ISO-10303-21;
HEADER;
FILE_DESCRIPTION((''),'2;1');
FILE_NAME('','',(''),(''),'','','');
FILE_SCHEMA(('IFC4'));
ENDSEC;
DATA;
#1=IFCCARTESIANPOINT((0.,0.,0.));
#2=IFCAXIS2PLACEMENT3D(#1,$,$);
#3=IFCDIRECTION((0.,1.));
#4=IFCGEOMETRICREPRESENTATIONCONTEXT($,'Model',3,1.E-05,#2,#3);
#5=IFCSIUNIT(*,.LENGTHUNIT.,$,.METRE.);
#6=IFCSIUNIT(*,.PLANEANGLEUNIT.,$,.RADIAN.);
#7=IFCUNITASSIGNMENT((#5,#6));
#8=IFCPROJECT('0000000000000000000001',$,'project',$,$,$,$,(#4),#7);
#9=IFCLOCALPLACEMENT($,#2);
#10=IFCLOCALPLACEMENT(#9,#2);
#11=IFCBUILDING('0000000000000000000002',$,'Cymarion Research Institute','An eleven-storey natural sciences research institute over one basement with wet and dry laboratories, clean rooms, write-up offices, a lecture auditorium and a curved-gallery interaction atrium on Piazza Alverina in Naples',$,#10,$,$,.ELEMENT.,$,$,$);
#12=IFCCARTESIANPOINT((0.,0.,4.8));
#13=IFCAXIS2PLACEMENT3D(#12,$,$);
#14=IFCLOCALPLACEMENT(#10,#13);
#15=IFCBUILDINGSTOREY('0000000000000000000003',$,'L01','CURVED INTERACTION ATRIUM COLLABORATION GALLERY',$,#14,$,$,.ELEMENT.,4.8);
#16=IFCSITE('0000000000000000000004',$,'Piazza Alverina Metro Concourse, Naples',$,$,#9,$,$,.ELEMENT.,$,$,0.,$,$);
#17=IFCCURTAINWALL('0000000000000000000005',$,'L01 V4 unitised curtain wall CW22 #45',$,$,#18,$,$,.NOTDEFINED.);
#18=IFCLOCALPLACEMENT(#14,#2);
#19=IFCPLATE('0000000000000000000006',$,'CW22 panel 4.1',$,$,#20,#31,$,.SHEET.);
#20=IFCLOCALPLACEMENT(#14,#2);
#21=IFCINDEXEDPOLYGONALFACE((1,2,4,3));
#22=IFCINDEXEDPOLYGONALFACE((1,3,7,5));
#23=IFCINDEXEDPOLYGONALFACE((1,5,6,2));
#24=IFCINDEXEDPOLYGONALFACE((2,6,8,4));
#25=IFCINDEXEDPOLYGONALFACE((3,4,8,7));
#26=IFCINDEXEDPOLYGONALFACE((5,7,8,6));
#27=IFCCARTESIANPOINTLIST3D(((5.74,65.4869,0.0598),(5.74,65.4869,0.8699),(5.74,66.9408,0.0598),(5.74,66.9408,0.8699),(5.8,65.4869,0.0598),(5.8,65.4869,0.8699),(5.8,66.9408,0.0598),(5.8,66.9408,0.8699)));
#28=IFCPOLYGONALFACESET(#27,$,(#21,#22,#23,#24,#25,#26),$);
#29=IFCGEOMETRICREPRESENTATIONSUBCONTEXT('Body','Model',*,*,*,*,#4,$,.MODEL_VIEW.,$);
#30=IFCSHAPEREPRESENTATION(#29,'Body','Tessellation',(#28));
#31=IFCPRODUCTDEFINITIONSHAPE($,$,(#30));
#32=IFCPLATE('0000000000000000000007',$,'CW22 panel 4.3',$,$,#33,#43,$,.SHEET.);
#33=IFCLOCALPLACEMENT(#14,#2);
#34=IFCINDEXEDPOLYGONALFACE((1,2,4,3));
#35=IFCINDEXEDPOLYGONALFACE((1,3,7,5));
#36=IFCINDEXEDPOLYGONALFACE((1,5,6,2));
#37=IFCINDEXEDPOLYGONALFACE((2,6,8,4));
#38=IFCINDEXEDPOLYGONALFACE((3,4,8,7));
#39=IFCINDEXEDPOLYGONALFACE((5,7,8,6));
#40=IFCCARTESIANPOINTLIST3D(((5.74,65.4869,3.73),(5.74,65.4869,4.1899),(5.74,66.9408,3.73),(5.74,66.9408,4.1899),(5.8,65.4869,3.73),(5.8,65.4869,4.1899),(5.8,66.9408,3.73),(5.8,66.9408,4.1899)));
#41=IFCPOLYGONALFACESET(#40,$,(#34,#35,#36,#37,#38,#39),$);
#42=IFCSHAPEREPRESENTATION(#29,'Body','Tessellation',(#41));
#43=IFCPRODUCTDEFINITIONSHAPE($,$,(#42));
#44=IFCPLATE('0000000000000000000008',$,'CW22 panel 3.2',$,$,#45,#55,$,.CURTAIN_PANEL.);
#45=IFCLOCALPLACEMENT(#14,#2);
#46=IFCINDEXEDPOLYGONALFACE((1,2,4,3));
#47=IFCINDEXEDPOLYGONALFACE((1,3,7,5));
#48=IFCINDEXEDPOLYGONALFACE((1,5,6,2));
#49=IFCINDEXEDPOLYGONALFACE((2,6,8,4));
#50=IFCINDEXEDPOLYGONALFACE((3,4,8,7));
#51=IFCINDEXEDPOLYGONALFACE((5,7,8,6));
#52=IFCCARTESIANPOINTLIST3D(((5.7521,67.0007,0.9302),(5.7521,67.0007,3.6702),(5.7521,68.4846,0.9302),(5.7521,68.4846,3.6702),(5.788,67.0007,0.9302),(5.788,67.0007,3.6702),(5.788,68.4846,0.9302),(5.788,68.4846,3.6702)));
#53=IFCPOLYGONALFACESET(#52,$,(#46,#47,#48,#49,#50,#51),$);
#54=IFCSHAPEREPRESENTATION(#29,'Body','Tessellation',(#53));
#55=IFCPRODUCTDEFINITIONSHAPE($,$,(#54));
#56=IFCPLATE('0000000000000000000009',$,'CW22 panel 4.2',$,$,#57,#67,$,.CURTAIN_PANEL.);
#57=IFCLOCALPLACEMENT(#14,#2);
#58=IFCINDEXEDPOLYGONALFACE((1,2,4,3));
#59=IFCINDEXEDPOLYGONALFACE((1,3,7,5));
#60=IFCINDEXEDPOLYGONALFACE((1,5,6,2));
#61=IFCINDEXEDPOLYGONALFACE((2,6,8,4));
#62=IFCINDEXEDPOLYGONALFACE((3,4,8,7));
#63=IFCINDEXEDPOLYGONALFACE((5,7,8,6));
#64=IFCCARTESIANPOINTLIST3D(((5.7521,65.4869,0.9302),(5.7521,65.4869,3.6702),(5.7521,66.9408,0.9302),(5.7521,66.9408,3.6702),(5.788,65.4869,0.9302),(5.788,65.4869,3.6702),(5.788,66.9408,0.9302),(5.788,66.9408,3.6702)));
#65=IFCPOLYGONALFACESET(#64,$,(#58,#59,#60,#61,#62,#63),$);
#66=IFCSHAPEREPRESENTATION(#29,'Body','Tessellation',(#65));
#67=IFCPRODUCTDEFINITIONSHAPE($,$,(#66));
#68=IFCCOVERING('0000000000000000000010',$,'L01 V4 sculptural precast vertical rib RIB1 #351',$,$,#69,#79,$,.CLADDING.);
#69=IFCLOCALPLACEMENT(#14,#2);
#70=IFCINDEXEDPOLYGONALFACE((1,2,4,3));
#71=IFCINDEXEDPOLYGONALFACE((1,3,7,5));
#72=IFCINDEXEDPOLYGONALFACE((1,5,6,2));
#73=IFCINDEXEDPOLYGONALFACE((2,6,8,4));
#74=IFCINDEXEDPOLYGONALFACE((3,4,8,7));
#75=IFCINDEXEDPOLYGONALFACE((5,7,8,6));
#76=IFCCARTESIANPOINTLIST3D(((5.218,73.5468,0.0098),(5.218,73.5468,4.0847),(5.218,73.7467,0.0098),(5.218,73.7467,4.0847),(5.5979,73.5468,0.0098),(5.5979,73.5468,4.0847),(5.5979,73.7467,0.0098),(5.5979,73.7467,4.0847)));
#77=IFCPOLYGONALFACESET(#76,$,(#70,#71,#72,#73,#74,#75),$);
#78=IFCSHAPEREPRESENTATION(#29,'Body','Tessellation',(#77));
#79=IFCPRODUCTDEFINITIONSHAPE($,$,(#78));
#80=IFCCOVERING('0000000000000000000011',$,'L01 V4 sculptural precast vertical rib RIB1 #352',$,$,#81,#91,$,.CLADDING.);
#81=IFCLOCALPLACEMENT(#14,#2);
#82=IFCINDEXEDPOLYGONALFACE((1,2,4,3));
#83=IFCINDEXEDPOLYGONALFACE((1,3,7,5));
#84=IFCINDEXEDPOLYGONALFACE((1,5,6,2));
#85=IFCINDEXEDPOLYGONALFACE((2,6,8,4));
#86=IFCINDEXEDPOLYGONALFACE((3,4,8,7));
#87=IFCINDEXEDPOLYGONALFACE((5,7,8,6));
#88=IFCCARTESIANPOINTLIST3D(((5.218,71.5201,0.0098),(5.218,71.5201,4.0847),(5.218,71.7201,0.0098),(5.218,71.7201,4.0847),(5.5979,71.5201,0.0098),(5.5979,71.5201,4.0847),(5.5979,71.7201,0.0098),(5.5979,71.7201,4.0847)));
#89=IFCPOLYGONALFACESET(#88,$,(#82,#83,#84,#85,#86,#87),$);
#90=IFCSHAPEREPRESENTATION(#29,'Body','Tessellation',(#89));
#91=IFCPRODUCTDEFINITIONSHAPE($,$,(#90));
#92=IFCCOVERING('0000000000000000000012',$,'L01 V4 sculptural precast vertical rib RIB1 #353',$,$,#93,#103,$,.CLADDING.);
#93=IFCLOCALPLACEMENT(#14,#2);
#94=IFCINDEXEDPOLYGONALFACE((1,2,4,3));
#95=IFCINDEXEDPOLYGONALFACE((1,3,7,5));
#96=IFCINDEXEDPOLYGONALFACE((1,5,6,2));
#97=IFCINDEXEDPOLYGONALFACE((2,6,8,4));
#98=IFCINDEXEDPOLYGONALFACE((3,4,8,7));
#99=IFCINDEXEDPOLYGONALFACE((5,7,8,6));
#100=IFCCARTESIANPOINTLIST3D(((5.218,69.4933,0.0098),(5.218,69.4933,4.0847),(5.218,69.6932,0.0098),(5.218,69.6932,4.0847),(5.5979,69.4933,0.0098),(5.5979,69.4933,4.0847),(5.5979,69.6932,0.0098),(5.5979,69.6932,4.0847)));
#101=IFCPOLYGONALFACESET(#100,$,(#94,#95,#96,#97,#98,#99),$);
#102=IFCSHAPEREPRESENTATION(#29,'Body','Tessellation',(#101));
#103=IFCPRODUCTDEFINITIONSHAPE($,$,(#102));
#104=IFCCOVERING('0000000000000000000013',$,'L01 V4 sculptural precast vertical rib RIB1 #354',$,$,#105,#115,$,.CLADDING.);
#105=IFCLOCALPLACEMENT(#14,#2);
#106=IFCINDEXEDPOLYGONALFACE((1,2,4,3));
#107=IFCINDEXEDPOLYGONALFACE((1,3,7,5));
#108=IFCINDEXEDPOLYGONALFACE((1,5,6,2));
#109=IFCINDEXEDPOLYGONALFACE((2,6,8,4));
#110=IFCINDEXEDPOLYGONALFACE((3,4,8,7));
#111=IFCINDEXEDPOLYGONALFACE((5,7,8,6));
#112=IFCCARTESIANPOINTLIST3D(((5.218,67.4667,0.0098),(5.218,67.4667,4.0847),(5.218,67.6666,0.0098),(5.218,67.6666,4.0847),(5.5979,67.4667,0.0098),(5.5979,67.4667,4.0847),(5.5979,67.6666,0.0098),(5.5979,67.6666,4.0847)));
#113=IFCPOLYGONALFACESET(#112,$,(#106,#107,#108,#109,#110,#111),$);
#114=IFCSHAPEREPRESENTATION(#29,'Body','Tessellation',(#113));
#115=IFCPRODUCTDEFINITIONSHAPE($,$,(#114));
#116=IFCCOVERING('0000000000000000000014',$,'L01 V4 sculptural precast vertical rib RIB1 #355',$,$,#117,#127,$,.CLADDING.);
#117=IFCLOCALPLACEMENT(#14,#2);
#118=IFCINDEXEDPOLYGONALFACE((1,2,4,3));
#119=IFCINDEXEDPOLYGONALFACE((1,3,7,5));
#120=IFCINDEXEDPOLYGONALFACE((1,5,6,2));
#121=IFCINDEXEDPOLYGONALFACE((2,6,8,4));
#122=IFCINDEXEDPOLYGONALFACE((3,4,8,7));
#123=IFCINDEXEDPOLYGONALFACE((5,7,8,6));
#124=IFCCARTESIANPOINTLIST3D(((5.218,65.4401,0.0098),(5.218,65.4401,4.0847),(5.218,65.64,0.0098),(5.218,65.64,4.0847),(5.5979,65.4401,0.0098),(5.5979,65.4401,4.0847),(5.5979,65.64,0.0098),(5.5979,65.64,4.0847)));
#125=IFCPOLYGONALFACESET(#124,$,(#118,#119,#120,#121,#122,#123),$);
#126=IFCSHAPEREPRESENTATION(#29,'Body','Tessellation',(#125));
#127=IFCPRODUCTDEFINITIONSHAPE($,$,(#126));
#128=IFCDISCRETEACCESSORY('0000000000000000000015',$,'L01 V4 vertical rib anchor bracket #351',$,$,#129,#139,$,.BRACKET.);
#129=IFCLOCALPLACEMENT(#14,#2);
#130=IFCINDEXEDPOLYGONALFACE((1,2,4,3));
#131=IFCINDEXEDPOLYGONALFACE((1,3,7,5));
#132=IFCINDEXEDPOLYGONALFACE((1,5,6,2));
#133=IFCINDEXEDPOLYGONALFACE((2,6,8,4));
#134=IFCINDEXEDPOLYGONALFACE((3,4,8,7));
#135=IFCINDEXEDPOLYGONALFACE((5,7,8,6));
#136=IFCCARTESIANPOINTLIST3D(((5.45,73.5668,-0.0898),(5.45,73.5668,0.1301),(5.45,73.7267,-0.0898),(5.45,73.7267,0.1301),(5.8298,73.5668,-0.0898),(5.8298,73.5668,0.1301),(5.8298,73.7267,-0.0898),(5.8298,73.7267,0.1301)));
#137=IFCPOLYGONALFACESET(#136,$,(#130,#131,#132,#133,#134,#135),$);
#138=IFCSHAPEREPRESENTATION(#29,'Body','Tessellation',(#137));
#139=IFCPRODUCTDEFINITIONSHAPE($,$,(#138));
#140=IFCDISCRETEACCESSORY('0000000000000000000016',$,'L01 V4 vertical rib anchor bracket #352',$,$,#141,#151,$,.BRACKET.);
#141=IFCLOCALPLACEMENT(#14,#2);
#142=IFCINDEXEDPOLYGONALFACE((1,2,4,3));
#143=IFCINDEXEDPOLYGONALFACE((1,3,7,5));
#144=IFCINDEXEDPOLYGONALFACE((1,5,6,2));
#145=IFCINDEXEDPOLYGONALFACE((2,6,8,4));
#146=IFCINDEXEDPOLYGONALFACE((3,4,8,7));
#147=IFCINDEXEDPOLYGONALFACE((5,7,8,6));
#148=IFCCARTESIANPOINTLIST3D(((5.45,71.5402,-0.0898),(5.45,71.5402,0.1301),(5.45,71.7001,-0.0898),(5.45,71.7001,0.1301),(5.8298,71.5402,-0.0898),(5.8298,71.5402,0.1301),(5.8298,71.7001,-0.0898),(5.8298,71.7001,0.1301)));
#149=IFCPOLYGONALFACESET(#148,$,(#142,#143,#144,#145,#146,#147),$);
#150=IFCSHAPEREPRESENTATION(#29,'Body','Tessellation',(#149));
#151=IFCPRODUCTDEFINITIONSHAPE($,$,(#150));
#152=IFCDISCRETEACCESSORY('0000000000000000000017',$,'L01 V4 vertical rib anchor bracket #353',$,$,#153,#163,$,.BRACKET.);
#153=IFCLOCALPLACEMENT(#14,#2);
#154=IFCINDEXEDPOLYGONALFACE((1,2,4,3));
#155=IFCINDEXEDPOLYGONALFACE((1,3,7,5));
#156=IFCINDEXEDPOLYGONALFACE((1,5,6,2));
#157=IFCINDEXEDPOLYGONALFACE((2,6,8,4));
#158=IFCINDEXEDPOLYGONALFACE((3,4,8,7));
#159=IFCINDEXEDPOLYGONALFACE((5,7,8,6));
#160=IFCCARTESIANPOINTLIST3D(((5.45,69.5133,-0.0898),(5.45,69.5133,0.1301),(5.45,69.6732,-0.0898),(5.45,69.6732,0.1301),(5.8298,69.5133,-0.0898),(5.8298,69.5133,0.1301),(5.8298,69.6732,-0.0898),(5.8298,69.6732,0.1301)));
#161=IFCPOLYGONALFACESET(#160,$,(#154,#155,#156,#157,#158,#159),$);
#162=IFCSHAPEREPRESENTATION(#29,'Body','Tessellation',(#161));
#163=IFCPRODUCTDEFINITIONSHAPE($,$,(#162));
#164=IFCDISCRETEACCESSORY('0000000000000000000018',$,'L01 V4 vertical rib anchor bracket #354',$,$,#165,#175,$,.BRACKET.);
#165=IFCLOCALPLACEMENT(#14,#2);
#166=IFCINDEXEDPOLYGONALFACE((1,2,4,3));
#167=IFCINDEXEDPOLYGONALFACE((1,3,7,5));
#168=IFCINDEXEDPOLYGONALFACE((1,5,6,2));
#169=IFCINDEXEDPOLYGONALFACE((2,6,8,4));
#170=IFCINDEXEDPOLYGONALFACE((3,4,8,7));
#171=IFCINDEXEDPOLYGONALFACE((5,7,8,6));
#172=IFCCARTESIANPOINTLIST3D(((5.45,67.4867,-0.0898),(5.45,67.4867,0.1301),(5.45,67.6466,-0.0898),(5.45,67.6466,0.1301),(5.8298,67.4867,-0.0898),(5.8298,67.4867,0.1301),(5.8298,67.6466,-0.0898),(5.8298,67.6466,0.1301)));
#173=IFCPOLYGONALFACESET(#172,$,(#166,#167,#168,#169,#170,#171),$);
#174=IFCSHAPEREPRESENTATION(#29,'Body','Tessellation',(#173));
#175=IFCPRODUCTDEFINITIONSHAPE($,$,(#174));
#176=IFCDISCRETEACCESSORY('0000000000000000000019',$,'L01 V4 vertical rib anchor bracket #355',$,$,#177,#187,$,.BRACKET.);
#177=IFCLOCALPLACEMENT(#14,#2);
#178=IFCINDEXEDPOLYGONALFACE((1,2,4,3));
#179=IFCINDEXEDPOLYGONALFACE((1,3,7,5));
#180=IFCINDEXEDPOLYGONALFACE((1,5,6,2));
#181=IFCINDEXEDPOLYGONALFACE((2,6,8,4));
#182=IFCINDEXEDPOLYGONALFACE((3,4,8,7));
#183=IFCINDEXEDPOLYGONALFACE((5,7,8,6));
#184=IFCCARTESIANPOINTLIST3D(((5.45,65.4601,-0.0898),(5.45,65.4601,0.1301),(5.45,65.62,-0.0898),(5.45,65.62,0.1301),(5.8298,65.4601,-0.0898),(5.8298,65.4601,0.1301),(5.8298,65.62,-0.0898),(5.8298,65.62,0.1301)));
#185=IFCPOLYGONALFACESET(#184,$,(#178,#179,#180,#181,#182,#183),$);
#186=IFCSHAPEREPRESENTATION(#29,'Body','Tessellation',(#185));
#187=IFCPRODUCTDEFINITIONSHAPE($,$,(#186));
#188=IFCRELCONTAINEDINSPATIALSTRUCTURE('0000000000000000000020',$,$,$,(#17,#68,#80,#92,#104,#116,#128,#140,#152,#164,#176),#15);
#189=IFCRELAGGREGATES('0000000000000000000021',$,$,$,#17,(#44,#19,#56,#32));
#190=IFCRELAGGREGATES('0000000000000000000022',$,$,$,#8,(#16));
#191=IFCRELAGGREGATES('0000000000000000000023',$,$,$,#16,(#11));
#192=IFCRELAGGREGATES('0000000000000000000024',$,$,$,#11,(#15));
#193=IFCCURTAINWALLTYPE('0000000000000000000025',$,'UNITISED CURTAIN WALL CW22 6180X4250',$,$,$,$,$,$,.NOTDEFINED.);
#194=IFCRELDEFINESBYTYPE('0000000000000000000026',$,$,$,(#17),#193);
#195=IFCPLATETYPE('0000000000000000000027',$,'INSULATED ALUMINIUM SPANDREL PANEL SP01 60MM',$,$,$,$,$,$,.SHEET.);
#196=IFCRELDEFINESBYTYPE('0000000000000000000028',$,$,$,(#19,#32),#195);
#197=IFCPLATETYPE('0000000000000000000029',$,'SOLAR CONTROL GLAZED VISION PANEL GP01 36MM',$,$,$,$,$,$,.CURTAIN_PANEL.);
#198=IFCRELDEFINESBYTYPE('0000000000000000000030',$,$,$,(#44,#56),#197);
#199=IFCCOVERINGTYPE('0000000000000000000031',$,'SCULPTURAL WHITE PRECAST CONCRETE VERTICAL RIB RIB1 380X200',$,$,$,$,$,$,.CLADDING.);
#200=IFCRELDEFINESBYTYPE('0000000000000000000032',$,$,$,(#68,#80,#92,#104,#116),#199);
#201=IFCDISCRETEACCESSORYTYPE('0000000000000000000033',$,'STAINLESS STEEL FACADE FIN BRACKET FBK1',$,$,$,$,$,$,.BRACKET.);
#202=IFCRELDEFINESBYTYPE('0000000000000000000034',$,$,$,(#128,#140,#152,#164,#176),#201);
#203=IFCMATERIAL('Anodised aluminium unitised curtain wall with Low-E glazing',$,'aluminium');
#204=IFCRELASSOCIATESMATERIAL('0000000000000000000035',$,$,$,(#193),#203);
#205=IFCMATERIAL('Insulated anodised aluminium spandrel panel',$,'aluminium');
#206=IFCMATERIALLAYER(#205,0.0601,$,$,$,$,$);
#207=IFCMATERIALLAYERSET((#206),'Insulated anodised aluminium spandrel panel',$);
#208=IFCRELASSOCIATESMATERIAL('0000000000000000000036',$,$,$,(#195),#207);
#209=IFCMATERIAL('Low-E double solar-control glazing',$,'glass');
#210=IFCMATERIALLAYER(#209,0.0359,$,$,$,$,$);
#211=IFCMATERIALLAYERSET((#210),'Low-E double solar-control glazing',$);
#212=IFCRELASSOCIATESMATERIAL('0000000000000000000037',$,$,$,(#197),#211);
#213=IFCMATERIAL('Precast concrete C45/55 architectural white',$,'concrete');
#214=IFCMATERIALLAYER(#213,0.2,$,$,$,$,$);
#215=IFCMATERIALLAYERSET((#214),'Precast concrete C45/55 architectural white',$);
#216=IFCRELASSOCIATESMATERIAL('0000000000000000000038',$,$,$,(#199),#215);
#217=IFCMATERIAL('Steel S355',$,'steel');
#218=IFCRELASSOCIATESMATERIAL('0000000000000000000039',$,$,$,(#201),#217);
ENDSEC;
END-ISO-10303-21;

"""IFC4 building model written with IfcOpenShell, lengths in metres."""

from ifc_helpers import new_model, si_unit, direction, frame, origin, origin_2d, place, context, subcontext, project, spatial, rectangle, extrude, material, layer, layer_set, type_object, element, aggregate, save


model = new_model("IFC4")

# Units and contexts
model_context = context("Model", 3, precision=1e-05, world=origin(), true_north=direction((0.0, 1.0)))
body_context = subcontext(model_context, "Body", "Model", "MODEL_VIEW")
ifc_project = project(units=[si_unit("LENGTHUNIT", "METRE"), si_unit("PLANEANGLEUNIT", "RADIAN")], contexts=[model_context])

# Site, building, storey
site_placement = place(None, origin())
site = spatial("IfcSite", under=ifc_project, at=site_placement, Name="Piazza Alverina Metro Concourse, Naples", CompositionType="ELEMENT", RefElevation=0.0)
building_placement = place(site_placement, origin())
building = spatial("IfcBuilding", under=site, at=building_placement, Name="Cymarion Research Institute", Description="An eleven-storey natural sciences research institute over one basement with wet and dry laboratories, clean rooms, write-up offices, a lecture auditorium and a curved-gallery interaction atrium on Piazza Alverina in Naples", CompositionType="ELEMENT")
storey_placement = place(building_placement, frame((0.0, 0.0, 4.8)))
storey = spatial("IfcBuildingStorey", under=building, at=storey_placement, Name="L01", Description="CURVED INTERACTION ATRIUM COLLABORATION GALLERY", CompositionType="ELEMENT", Elevation=4.8)

# Curtain wall, plates
ifc_material_1 = material(Name="Anodised aluminium unitised curtain wall with Low-E glazing", Category="aluminium")
curtain_wall_type = type_object("IfcCurtainWallType", Name="UNITISED CURTAIN WALL CW22 6180X4250", PredefinedType="NOTDEFINED", material=ifc_material_1)
curtain_wall_placement = place(storey_placement, origin())
curtain_wall = element("IfcCurtainWall", 1, at=curtain_wall_placement, inside=storey, type_object=curtain_wall_type, Name="L01 V4 unitised curtain wall CW22 #45", PredefinedType="NOTDEFINED")
ifc_material_2 = material(Name="Insulated anodised aluminium spandrel panel", Category="aluminium")
ifc_layer_1 = layer(ifc_material_2, 0.0601)
ifc_layer_set_1 = layer_set([ifc_layer_1], Name="Insulated anodised aluminium spandrel panel")
plate_type_1 = type_object("IfcPlateType", Name="INSULATED ALUMINIUM SPANDREL PANEL SP01 60MM", PredefinedType="SHEET", material=ifc_layer_set_1)
plate_1_placement = place(storey_placement, frame((5.77, 66.2139, 0.0598), z_axis=(0.0, 0.0, 1.0), x_axis=(0.0, -1.0, 0.0)))
plate_1 = element("IfcPlate", 2, at=plate_1_placement, type_object=plate_type_1, Name="CW22 panel 4.1", PredefinedType="SHEET", context=body_context, shape_type="SweptSolid", body=[
    extrude(rectangle(XDim=1.4539, YDim=0.0601, at=origin_2d()), origin(), (0.0, 0.0, 1.0), 0.8101),
])
plate_2_placement = place(storey_placement, frame((5.77, 66.2139, 3.73), z_axis=(0.0, 0.0, 1.0), x_axis=(0.0, -1.0, 0.0)))
plate_2 = element("IfcPlate", 3, at=plate_2_placement, type_object=plate_type_1, Name="CW22 panel 4.3", PredefinedType="SHEET", context=body_context, shape_type="SweptSolid", body=[
    extrude(rectangle(XDim=1.4539, YDim=0.0601, at=origin_2d()), origin(), (0.0, 0.0, 1.0), 0.46),
])
ifc_material_3 = material(Name="Low-E double solar-control glazing", Category="glass")
ifc_layer_2 = layer(ifc_material_3, 0.0359)
ifc_layer_set_2 = layer_set([ifc_layer_2], Name="Low-E double solar-control glazing")
plate_type_2 = type_object("IfcPlateType", Name="SOLAR CONTROL GLAZED VISION PANEL GP01 36MM", PredefinedType="CURTAIN_PANEL", material=ifc_layer_set_2)
plate_3_placement = place(storey_placement, frame((5.77, 67.7427, 0.9302), z_axis=(0.0, 0.0, 1.0), x_axis=(0.0, -1.0, 0.0)))
plate_3 = element("IfcPlate", 4, at=plate_3_placement, type_object=plate_type_2, Name="CW22 panel 3.2", PredefinedType="CURTAIN_PANEL", context=body_context, shape_type="SweptSolid", body=[
    extrude(rectangle(XDim=1.4839, YDim=0.0359, at=origin_2d()), origin(), (0.0, 0.0, 1.0), 2.74),
])
plate_4_placement = place(storey_placement, frame((5.77, 66.2139, 0.9302), z_axis=(0.0, 0.0, 1.0), x_axis=(0.0, -1.0, 0.0)))
plate_4 = element("IfcPlate", 5, at=plate_4_placement, type_object=plate_type_2, Name="CW22 panel 4.2", PredefinedType="CURTAIN_PANEL", context=body_context, shape_type="SweptSolid", body=[
    extrude(rectangle(XDim=1.4539, YDim=0.0359, at=origin_2d()), origin(), (0.0, 0.0, 1.0), 2.74),
])
aggregate(curtain_wall, [plate_3, plate_1, plate_4, plate_2])

# Coverings
ifc_material_4 = material(Name="Precast concrete C45/55 architectural white", Category="concrete")
ifc_layer_3 = layer(ifc_material_4, 0.2)
ifc_layer_set_3 = layer_set([ifc_layer_3], Name="Precast concrete C45/55 architectural white")
covering_type = type_object("IfcCoveringType", Name="SCULPTURAL WHITE PRECAST CONCRETE VERTICAL RIB RIB1 380X200", PredefinedType="CLADDING", material=ifc_layer_set_3)
for number, where, z_axis, x_axis, name in (
    (6, (5.408, 73.6467, 0.0098), (0.0, 0.0, 1.0), (-1.0, 0.0, 0.0), "L01 V4 sculptural precast vertical rib RIB1 #351"),
    (7, (5.408, 71.6201, 0.0098), (0.0, 0.0, 1.0), (-1.0, 0.0, 0.0), "L01 V4 sculptural precast vertical rib RIB1 #352"),
    (8, (5.408, 69.5933, 0.0098), (0.0, 0.0, 1.0), (-1.0, 0.0, 0.0), "L01 V4 sculptural precast vertical rib RIB1 #353"),
    (9, (5.408, 67.5667, 0.0098), (0.0, 0.0, 1.0), (-1.0, 0.0, 0.0), "L01 V4 sculptural precast vertical rib RIB1 #354"),
    (10, (5.408, 65.54, 0.0098), (0.0, 0.0, 1.0), (-1.0, 0.0, 0.0), "L01 V4 sculptural precast vertical rib RIB1 #355"),
):
    element("IfcCovering", number, at=place(storey_placement, frame(where, z_axis=z_axis, x_axis=x_axis)), inside=storey, type_object=covering_type, Name=name, PredefinedType="CLADDING", context=body_context, shape_type="SweptSolid", body=[
        extrude(rectangle(XDim=0.3799, YDim=0.2, at=origin_2d()), origin(), (0.0, 0.0, 1.0), 4.075),
    ])

# Discrete accessories
ifc_material_5 = material(Name="Steel S355", Category="steel")
discrete_accessory_type = type_object("IfcDiscreteAccessoryType", Name="STAINLESS STEEL FACADE FIN BRACKET FBK1", PredefinedType="BRACKET", material=ifc_material_5)
for number, where, z_axis, x_axis, name in (
    (11, (5.6399, 73.6467, -0.0898), (0.0, 0.0, 1.0), (-1.0, 0.0, 0.0), "L01 V4 vertical rib anchor bracket #351"),
    (12, (5.6399, 71.6201, -0.0898), (0.0, 0.0, 1.0), (-1.0, 0.0, 0.0), "L01 V4 vertical rib anchor bracket #352"),
    (13, (5.6399, 69.5933, -0.0898), (0.0, 0.0, 1.0), (-1.0, 0.0, 0.0), "L01 V4 vertical rib anchor bracket #353"),
    (14, (5.6399, 67.5667, -0.0898), (0.0, 0.0, 1.0), (-1.0, 0.0, 0.0), "L01 V4 vertical rib anchor bracket #354"),
    (15, (5.6399, 65.54, -0.0898), (0.0, 0.0, 1.0), (-1.0, 0.0, 0.0), "L01 V4 vertical rib anchor bracket #355"),
):
    element("IfcDiscreteAccessory", number, at=place(storey_placement, frame(where, z_axis=z_axis, x_axis=x_axis)), inside=storey, type_object=discrete_accessory_type, Name=name, PredefinedType="BRACKET", context=body_context, shape_type="SweptSolid", body=[
        extrude(rectangle(XDim=0.3799, YDim=0.1599, at=origin_2d()), origin(), (0.0, 0.0, 1.0), 0.22),
    ])

save(model, "model.ifc")
